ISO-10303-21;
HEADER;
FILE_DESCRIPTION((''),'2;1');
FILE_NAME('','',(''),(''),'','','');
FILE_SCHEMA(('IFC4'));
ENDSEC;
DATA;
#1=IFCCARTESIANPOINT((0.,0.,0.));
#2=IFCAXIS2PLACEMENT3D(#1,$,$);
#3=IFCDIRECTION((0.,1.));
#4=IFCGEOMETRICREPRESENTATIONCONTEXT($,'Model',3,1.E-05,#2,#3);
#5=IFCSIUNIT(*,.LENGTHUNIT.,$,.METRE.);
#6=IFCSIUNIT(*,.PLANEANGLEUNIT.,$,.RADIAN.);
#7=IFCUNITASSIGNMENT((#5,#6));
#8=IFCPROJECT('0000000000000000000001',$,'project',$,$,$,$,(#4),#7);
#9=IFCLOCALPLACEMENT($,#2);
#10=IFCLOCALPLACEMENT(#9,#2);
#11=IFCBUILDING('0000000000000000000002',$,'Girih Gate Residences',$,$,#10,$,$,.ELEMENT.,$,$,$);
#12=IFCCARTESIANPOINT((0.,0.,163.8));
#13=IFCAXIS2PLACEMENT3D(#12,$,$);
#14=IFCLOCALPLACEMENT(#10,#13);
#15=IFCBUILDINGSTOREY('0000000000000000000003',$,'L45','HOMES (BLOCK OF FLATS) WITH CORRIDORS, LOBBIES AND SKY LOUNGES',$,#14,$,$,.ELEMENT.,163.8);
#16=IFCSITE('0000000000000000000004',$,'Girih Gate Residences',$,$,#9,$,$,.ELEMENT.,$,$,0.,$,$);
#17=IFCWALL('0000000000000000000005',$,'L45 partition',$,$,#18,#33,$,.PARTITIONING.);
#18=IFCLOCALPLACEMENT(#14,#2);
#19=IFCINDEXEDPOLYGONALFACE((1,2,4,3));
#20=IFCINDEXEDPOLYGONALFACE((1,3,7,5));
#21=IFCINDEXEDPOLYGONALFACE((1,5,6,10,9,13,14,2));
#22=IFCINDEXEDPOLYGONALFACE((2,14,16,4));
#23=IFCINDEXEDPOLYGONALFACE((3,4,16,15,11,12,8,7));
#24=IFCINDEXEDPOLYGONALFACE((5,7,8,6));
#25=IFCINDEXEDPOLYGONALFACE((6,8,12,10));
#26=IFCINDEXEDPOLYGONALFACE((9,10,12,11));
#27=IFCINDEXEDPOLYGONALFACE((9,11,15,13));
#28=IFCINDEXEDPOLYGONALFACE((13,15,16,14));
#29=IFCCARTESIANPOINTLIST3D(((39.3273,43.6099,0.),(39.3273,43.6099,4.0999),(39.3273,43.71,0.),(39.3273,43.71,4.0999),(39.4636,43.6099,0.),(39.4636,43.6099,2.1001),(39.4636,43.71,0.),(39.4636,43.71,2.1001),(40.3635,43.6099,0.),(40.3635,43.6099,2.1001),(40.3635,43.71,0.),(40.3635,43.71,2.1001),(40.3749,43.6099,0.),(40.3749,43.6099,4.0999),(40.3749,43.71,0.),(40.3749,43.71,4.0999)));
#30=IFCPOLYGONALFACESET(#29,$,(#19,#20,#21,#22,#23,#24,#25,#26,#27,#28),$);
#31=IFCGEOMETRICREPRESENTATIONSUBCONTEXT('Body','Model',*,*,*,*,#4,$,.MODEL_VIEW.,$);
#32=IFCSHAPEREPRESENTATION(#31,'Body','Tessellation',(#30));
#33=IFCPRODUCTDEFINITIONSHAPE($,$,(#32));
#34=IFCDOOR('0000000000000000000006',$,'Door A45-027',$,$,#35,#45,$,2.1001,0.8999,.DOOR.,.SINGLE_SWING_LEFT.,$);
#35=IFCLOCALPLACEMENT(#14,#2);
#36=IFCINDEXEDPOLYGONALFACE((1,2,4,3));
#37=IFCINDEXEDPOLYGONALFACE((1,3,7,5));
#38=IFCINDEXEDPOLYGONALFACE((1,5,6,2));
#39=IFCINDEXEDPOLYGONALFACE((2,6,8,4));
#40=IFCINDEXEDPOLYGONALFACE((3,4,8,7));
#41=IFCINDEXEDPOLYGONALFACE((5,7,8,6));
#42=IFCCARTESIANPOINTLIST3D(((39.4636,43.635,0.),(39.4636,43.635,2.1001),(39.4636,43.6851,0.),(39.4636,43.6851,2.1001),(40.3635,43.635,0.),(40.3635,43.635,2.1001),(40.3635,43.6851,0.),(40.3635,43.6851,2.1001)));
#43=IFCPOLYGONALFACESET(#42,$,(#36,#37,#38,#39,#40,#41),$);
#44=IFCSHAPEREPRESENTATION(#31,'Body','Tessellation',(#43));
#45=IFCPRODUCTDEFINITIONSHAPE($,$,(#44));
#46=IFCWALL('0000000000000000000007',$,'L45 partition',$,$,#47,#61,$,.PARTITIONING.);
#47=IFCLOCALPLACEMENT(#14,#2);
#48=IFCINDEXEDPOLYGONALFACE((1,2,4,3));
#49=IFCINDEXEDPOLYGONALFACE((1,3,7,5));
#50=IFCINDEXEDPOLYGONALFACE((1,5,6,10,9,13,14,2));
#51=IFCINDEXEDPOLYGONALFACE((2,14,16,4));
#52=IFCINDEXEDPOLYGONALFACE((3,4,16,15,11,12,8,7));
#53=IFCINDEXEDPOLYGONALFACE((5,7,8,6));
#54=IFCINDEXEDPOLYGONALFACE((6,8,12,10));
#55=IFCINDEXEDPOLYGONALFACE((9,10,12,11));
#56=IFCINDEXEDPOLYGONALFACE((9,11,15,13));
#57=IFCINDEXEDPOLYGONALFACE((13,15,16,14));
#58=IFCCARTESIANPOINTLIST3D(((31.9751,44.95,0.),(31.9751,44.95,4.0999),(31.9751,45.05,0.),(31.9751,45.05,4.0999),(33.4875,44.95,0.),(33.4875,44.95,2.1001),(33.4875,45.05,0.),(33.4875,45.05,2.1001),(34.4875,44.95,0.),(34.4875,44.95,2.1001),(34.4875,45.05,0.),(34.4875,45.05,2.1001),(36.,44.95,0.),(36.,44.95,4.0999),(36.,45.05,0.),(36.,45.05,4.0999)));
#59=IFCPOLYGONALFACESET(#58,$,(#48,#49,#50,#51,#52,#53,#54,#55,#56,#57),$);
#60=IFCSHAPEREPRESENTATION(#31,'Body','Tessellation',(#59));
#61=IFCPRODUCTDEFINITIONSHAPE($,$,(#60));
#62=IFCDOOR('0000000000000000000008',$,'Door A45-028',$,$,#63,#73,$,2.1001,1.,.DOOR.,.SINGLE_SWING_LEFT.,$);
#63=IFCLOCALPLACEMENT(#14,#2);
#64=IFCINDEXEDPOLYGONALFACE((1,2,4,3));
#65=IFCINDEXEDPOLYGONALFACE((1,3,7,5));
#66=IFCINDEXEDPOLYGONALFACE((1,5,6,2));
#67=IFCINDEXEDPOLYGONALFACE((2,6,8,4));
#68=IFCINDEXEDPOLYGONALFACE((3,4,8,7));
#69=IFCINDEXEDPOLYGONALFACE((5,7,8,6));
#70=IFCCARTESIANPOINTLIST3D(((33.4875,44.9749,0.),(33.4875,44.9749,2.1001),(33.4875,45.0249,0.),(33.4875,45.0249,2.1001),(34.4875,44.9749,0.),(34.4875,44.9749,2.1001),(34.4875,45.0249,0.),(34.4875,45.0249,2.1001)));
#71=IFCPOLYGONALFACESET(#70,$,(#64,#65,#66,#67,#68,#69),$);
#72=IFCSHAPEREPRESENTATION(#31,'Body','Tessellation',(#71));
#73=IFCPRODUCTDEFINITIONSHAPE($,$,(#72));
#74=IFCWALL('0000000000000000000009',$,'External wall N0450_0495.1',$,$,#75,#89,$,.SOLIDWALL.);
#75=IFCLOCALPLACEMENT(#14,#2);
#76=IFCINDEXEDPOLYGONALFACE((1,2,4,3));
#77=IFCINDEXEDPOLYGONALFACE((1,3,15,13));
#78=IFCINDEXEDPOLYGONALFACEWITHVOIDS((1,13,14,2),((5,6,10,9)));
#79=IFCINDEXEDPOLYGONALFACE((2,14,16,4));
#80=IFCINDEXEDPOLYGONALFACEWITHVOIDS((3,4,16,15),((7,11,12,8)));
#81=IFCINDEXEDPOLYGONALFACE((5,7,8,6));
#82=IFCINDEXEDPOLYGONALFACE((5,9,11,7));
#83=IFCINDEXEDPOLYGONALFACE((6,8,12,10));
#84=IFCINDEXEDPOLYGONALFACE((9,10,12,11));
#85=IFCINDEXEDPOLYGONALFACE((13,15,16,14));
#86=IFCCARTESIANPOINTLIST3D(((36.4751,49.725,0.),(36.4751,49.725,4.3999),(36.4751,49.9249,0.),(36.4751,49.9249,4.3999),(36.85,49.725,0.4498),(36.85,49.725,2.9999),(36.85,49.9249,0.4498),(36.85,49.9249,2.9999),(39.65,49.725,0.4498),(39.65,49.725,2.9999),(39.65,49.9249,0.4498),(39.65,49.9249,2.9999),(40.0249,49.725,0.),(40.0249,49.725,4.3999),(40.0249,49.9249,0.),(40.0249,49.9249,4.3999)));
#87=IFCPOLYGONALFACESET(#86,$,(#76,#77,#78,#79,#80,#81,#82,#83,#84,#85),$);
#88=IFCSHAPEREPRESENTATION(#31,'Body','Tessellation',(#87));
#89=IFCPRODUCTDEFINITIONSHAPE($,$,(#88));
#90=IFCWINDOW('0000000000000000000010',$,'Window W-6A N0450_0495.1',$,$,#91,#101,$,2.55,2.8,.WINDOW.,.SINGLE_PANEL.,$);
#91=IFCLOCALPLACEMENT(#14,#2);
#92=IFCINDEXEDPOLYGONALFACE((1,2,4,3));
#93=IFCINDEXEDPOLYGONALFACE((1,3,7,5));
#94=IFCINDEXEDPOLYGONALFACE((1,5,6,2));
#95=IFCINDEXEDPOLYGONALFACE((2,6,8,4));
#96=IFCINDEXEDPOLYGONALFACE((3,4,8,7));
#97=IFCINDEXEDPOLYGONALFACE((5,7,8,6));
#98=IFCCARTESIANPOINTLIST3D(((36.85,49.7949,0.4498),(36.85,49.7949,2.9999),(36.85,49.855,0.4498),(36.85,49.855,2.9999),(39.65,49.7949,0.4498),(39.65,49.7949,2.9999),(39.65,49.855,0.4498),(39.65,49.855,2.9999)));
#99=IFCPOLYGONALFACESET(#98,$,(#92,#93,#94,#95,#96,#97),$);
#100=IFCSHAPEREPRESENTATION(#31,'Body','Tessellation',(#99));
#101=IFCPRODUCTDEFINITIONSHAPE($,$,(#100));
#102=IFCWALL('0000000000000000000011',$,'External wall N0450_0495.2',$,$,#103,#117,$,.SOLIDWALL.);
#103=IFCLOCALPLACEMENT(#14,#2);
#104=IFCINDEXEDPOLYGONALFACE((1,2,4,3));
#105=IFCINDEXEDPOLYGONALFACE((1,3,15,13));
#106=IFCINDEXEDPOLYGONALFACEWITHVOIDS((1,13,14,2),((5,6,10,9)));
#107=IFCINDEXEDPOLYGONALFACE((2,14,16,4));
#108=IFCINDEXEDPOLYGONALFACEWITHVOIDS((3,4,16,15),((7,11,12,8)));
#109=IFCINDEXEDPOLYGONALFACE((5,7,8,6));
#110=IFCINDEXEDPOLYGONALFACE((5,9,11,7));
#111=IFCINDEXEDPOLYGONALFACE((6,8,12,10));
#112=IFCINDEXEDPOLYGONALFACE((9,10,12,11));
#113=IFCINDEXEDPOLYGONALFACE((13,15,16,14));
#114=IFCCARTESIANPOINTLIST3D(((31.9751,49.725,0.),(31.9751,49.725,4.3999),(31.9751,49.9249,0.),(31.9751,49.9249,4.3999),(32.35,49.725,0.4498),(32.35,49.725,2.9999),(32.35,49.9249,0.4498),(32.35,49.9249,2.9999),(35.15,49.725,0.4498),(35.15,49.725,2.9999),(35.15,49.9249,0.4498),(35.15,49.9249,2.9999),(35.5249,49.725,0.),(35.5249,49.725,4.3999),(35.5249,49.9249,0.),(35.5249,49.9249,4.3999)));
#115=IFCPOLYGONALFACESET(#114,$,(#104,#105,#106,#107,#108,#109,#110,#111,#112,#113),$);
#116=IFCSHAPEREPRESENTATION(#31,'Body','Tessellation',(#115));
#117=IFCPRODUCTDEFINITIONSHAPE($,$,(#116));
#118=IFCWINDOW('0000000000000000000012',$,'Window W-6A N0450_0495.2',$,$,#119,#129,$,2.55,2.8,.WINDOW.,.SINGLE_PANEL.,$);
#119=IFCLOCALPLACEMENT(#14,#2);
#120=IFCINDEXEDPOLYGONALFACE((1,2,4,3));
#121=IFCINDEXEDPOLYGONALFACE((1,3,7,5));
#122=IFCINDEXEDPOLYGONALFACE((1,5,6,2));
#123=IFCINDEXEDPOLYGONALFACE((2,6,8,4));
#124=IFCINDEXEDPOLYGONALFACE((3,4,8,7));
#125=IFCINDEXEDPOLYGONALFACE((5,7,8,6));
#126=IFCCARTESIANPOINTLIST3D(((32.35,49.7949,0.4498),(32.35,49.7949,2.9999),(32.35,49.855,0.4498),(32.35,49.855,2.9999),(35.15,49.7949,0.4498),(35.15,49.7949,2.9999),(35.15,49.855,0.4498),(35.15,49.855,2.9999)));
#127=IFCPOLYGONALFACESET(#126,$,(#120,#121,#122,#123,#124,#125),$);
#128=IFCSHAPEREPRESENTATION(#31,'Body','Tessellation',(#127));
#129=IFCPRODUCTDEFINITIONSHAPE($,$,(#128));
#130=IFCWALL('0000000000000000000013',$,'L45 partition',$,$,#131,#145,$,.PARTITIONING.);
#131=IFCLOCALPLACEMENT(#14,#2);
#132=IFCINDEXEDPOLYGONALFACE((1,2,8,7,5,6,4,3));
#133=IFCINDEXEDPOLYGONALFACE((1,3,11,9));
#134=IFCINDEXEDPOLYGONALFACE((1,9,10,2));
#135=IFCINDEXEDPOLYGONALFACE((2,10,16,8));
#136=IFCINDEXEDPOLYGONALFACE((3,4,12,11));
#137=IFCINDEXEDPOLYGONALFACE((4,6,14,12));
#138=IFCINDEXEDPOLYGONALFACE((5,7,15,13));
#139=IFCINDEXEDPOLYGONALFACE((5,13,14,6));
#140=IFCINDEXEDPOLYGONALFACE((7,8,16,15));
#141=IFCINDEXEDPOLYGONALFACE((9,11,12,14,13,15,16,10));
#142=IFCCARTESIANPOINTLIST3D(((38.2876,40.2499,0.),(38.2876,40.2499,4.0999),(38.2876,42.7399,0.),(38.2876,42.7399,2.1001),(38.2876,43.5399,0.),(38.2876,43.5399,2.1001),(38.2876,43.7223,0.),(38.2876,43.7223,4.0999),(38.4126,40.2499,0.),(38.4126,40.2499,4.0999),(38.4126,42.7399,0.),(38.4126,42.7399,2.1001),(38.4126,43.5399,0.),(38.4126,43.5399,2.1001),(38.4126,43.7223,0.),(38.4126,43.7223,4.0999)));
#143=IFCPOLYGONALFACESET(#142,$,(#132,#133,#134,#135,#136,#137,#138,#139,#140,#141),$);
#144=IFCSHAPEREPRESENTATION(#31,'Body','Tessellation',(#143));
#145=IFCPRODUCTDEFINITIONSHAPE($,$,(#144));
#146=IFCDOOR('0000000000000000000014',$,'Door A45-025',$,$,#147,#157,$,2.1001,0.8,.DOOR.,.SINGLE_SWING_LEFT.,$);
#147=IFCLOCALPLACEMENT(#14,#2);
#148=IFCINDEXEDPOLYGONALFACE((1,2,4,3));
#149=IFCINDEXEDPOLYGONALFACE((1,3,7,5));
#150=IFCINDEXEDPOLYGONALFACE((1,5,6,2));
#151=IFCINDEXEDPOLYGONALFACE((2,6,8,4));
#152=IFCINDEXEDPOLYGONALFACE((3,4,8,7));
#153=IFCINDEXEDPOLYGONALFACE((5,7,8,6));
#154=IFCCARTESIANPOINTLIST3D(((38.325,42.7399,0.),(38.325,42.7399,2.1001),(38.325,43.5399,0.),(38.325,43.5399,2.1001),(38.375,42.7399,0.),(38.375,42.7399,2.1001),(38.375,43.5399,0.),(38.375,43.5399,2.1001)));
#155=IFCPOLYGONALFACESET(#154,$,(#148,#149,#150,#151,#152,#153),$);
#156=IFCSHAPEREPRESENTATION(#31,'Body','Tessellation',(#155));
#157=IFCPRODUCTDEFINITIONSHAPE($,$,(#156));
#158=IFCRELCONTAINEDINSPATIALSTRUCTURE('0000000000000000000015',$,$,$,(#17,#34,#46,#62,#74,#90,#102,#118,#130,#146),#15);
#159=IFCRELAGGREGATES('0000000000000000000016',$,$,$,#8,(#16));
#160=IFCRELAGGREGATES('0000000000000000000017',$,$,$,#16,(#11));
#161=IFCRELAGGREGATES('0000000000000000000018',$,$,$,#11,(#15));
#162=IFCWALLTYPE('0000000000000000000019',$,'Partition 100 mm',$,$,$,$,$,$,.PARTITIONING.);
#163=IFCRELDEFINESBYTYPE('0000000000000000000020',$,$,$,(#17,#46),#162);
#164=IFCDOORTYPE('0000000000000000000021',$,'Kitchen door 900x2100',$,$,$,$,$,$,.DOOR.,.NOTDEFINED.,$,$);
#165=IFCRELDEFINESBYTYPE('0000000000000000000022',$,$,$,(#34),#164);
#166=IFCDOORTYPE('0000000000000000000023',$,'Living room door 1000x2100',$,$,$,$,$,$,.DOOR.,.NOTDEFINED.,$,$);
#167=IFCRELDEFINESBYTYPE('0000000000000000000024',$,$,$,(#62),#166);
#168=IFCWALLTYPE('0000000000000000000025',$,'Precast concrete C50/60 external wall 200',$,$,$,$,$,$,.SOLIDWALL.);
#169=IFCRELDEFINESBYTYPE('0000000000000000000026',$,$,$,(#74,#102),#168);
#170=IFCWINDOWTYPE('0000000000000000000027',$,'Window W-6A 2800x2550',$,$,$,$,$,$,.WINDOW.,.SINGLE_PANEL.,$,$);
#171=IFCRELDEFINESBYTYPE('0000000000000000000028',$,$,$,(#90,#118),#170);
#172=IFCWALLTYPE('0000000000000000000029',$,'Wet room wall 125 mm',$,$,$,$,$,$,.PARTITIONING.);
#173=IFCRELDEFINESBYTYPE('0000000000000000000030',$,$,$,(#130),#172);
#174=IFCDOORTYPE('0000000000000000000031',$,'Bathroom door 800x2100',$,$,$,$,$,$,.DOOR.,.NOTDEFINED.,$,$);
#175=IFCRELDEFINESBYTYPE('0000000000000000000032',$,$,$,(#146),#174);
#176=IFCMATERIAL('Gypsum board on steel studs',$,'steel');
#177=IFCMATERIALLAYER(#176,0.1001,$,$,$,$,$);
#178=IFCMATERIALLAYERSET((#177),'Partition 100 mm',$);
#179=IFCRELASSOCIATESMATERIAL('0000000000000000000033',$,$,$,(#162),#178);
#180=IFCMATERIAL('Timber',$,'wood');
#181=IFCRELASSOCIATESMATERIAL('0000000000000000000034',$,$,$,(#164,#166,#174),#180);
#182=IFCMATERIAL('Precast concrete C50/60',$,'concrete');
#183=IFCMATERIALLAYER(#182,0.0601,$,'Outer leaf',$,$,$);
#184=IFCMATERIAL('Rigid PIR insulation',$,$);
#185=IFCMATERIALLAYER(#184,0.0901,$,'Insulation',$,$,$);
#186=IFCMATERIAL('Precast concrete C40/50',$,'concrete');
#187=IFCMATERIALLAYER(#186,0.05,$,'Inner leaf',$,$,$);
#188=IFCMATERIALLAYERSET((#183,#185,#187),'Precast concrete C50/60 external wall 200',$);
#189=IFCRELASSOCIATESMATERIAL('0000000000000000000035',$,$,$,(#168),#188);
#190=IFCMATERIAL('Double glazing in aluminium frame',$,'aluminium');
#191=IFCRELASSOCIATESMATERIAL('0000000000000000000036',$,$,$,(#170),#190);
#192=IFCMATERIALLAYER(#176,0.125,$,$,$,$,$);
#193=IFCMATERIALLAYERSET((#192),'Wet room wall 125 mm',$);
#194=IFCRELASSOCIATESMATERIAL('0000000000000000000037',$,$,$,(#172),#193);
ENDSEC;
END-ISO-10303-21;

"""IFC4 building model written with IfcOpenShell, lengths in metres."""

from ifc_helpers import new_model, si_unit, direction, frame, frame_2d, origin, place, context, subcontext, project, spatial, rectangle, extrude, material, layer, layer_set, type_object, element, fill, save


model = new_model("IFC4")

# Units and contexts
model_context = context("Model", 3, precision=1e-05, world=origin(), true_north=direction((0.0, 1.0)))
body_context = subcontext(model_context, "Body", "Model", "MODEL_VIEW")
ifc_project = project(units=[si_unit("LENGTHUNIT", "METRE"), si_unit("PLANEANGLEUNIT", "RADIAN")], contexts=[model_context])

# Site, building, storey
site_placement = place(None, origin())
site = spatial("IfcSite", under=ifc_project, at=site_placement, Name="Girih Gate Residences", CompositionType="ELEMENT", RefElevation=0.0)
building_placement = place(site_placement, origin())
building = spatial("IfcBuilding", under=site, at=building_placement, Name="Girih Gate Residences", CompositionType="ELEMENT")
storey_placement = place(building_placement, frame((0.0, 0.0, 163.8)))
storey = spatial("IfcBuildingStorey", under=building, at=storey_placement, Name="L45", Description="HOMES (BLOCK OF FLATS) WITH CORRIDORS, LOBBIES AND SKY LOUNGES", CompositionType="ELEMENT", Elevation=163.8)

# Shared definitions
ifc_material_1 = material(Name="Gypsum board on steel studs", Category="steel")

# Shared definitions
ifc_layer_1 = layer(ifc_material_1, 0.1001)
ifc_layer_set_1 = layer_set([ifc_layer_1], Name="Partition 100 mm")
wall_type_1 = type_object("IfcWallType", Name="Partition 100 mm", PredefinedType="PARTITIONING", material=ifc_layer_set_1)
ifc_material_2 = material(Name="Timber", Category="wood")

# Walls, openings, doors
wall_1_placement = place(storey_placement, frame((40.375, 43.6599, 0.0), z_axis=(0.0, 0.0, 1.0), x_axis=(-1.0, 0.0, 0.0)))
wall_1 = element("IfcWall", 1, at=wall_1_placement, inside=storey, type_object=wall_type_1, Name="L45 partition", PredefinedType="PARTITIONING", context=body_context, shape_type="SweptSolid", body=[
    extrude(rectangle(XDim=1.0476, YDim=0.1001, at=frame_2d((0.5239, 0.0))), origin(), (0.0, 0.0, 1.0), 4.0999),
])
opening_1_placement = place(wall_1_placement, frame((0.0115, 0.0, 0.0)))
opening_1 = element("IfcOpeningElement", 2, at=opening_1_placement, cuts=wall_1, PredefinedType="OPENING", context=body_context, shape_type="SweptSolid", body=[
    extrude(rectangle(XDim=0.8999, YDim=2.1001, at=frame_2d((0.45, 1.05))), frame((0.0, 0.0601, 0.0), z_axis=(0.0, -1.0, 0.0), x_axis=(1.0, 0.0, 0.0)), (0.0, 0.0, 1.0), 0.1201),
])
door_type_1 = type_object("IfcDoorType", Name="Kitchen door 900x2100", OperationType="NOTDEFINED", PredefinedType="DOOR", material=ifc_material_2)
door_1_placement = place(opening_1_placement, origin())
door_1 = element("IfcDoor", 3, at=door_1_placement, inside=storey, type_object=door_type_1, Name="Door A45-027", OperationType="SINGLE_SWING_LEFT", OverallHeight=2.1001, OverallWidth=0.8999, PredefinedType="DOOR", context=body_context, shape_type="SweptSolid", body=[
    extrude(rectangle(XDim=0.8999, YDim=2.1001, at=frame_2d((0.45, 1.05))), frame((0.0, 0.0249, 0.0), z_axis=(0.0, -1.0, 0.0), x_axis=(1.0, 0.0, 0.0)), (0.0, 0.0, 1.0), 0.05),
])
fill(opening_1, door_1)
wall_2_placement = place(storey_placement, frame((31.9751, 45.0, 0.0), z_axis=(0.0, 0.0, 1.0), x_axis=(1.0, 0.0, 0.0)))
wall_2 = element("IfcWall", 4, at=wall_2_placement, inside=storey, type_object=wall_type_1, Name="L45 partition", PredefinedType="PARTITIONING", context=body_context, shape_type="SweptSolid", body=[
    extrude(rectangle(XDim=4.0249, YDim=0.1001, at=frame_2d((2.0125, 0.0))), origin(), (0.0, 0.0, 1.0), 4.0999),
])
opening_2_placement = place(wall_2_placement, frame((1.5125, 0.0, 0.0)))
opening_2 = element("IfcOpeningElement", 5, at=opening_2_placement, cuts=wall_2, PredefinedType="OPENING", context=body_context, shape_type="SweptSolid", body=[
    extrude(rectangle(XDim=1.0, YDim=2.1001, at=frame_2d((0.5, 1.05))), frame((0.0, 0.0601, 0.0), z_axis=(0.0, -1.0, 0.0), x_axis=(1.0, 0.0, 0.0)), (0.0, 0.0, 1.0), 0.1201),
])
door_type_2 = type_object("IfcDoorType", Name="Living room door 1000x2100", OperationType="NOTDEFINED", PredefinedType="DOOR", material=ifc_material_2)
door_2_placement = place(opening_2_placement, origin())
door_2 = element("IfcDoor", 6, at=door_2_placement, inside=storey, type_object=door_type_2, Name="Door A45-028", OperationType="SINGLE_SWING_LEFT", OverallHeight=2.1001, OverallWidth=1.0, PredefinedType="DOOR", context=body_context, shape_type="SweptSolid", body=[
    extrude(rectangle(XDim=1.0, YDim=2.1001, at=frame_2d((0.5, 1.05))), frame((0.0, 0.0249, 0.0), z_axis=(0.0, -1.0, 0.0), x_axis=(1.0, 0.0, 0.0)), (0.0, 0.0, 1.0), 0.05),
])
fill(opening_2, door_2)

# Walls, openings, windows
ifc_material_3 = material(Name="Precast concrete C50/60", Category="concrete")
ifc_layer_2 = layer(ifc_material_3, 0.0601, Name="Outer leaf")
ifc_material_4 = material(Name="Rigid PIR insulation")
ifc_layer_3 = layer(ifc_material_4, 0.0901, Name="Insulation")
ifc_material_5 = material(Name="Precast concrete C40/50", Category="concrete")
ifc_layer_4 = layer(ifc_material_5, 0.05, Name="Inner leaf")
ifc_layer_set_2 = layer_set([ifc_layer_2, ifc_layer_3, ifc_layer_4], Name="Precast concrete C50/60 external wall 200")
wall_type_2 = type_object("IfcWallType", Name="Precast concrete C50/60 external wall 200", PredefinedType="SOLIDWALL", material=ifc_layer_set_2)
wall_3_placement = place(storey_placement, frame((36.4751, 49.825, 0.0), z_axis=(0.0, 0.0, 1.0), x_axis=(1.0, 0.0, 0.0)))
wall_3 = element("IfcWall", 7, at=wall_3_placement, inside=storey, type_object=wall_type_2, Name="External wall N0450_0495.1", PredefinedType="SOLIDWALL", context=body_context, shape_type="SweptSolid", body=[
    extrude(rectangle(XDim=3.5498, YDim=0.2, at=frame_2d((1.7749, 0.0))), origin(), (0.0, 0.0, 1.0), 4.3999),
])
opening_3_placement = place(wall_3_placement, frame((0.375, 0.0, 0.45)))
opening_3 = element("IfcOpeningElement", 8, at=opening_3_placement, cuts=wall_3, PredefinedType="OPENING", context=body_context, shape_type="SweptSolid", body=[
    extrude(rectangle(XDim=2.8, YDim=2.55, at=frame_2d((1.3999, 1.2749))), frame((0.0, 0.1099, 0.0), z_axis=(0.0, -1.0, 0.0), x_axis=(1.0, 0.0, 0.0)), (0.0, 0.0, 1.0), 0.22),
])
ifc_material_6 = material(Name="Double glazing in aluminium frame", Category="aluminium")
window_type = type_object("IfcWindowType", Name="Window W-6A 2800x2550", PartitioningType="SINGLE_PANEL", PredefinedType="WINDOW", material=ifc_material_6)
window_1_placement = place(opening_3_placement, origin())
window_1 = element("IfcWindow", 9, at=window_1_placement, inside=storey, type_object=window_type, Name="Window W-6A N0450_0495.1", OverallHeight=2.55, OverallWidth=2.8, PartitioningType="SINGLE_PANEL", PredefinedType="WINDOW", context=body_context, shape_type="SweptSolid", body=[
    extrude(rectangle(XDim=2.8, YDim=2.55, at=frame_2d((1.3999, 1.2749))), frame((0.0, 0.03, 0.0), z_axis=(0.0, -1.0, 0.0), x_axis=(1.0, 0.0, 0.0)), (0.0, 0.0, 1.0), 0.0601),
])
fill(opening_3, window_1)
wall_4_placement = place(storey_placement, frame((31.9751, 49.825, 0.0), z_axis=(0.0, 0.0, 1.0), x_axis=(1.0, 0.0, 0.0)))
wall_4 = element("IfcWall", 10, at=wall_4_placement, inside=storey, type_object=wall_type_2, Name="External wall N0450_0495.2", PredefinedType="SOLIDWALL", context=body_context, shape_type="SweptSolid", body=[
    extrude(rectangle(XDim=3.5498, YDim=0.2, at=frame_2d((1.7749, 0.0))), origin(), (0.0, 0.0, 1.0), 4.3999),
])
opening_4_placement = place(wall_4_placement, frame((0.375, 0.0, 0.45)))
opening_4 = element("IfcOpeningElement", 11, at=opening_4_placement, cuts=wall_4, PredefinedType="OPENING", context=body_context, shape_type="SweptSolid", body=[
    extrude(rectangle(XDim=2.8, YDim=2.55, at=frame_2d((1.3999, 1.2749))), frame((0.0, 0.1099, 0.0), z_axis=(0.0, -1.0, 0.0), x_axis=(1.0, 0.0, 0.0)), (0.0, 0.0, 1.0), 0.22),
])
window_2_placement = place(opening_4_placement, origin())
window_2 = element("IfcWindow", 12, at=window_2_placement, inside=storey, type_object=window_type, Name="Window W-6A N0450_0495.2", OverallHeight=2.55, OverallWidth=2.8, PartitioningType="SINGLE_PANEL", PredefinedType="WINDOW", context=body_context, shape_type="SweptSolid", body=[
    extrude(rectangle(XDim=2.8, YDim=2.55, at=frame_2d((1.3999, 1.2749))), frame((0.0, 0.03, 0.0), z_axis=(0.0, -1.0, 0.0), x_axis=(1.0, 0.0, 0.0)), (0.0, 0.0, 1.0), 0.0601),
])
fill(opening_4, window_2)

# Wall, opening, door
ifc_layer_5 = layer(ifc_material_1, 0.125)
ifc_layer_set_3 = layer_set([ifc_layer_5], Name="Wet room wall 125 mm")
wall_type_3 = type_object("IfcWallType", Name="Wet room wall 125 mm", PredefinedType="PARTITIONING", material=ifc_layer_set_3)
wall_5_placement = place(storey_placement, frame((38.3501, 43.7224, 0.0), z_axis=(0.0, 0.0, 1.0), x_axis=(0.0, -1.0, 0.0)))
wall_5 = element("IfcWall", 13, at=wall_5_placement, inside=storey, type_object=wall_type_3, Name="L45 partition", PredefinedType="PARTITIONING", context=body_context, shape_type="SweptSolid", body=[
    extrude(rectangle(XDim=3.4724, YDim=0.125, at=frame_2d((1.7363, 0.0))), origin(), (0.0, 0.0, 1.0), 4.0999),
])
opening_5_placement = place(wall_5_placement, frame((0.1826, 0.0, 0.0)))
opening_5 = element("IfcOpeningElement", 14, at=opening_5_placement, cuts=wall_5, PredefinedType="OPENING", context=body_context, shape_type="SweptSolid", body=[
    extrude(rectangle(XDim=0.8, YDim=2.1001, at=frame_2d((0.3999, 1.05))), frame((0.0, 0.0725, 0.0), z_axis=(0.0, -1.0, 0.0), x_axis=(1.0, 0.0, 0.0)), (0.0, 0.0, 1.0), 0.145),
])
door_type_3 = type_object("IfcDoorType", Name="Bathroom door 800x2100", OperationType="NOTDEFINED", PredefinedType="DOOR", material=ifc_material_2)
door_3_placement = place(opening_5_placement, origin())
door_3 = element("IfcDoor", 15, at=door_3_placement, inside=storey, type_object=door_type_3, Name="Door A45-025", OperationType="SINGLE_SWING_LEFT", OverallHeight=2.1001, OverallWidth=0.8, PredefinedType="DOOR", context=body_context, shape_type="SweptSolid", body=[
    extrude(rectangle(XDim=0.8, YDim=2.1001, at=frame_2d((0.3999, 1.05))), frame((0.0, 0.0249, 0.0), z_axis=(0.0, -1.0, 0.0), x_axis=(1.0, 0.0, 0.0)), (0.0, 0.0, 1.0), 0.05),
])
fill(opening_5, door_3)

save(model, "model.ifc")
